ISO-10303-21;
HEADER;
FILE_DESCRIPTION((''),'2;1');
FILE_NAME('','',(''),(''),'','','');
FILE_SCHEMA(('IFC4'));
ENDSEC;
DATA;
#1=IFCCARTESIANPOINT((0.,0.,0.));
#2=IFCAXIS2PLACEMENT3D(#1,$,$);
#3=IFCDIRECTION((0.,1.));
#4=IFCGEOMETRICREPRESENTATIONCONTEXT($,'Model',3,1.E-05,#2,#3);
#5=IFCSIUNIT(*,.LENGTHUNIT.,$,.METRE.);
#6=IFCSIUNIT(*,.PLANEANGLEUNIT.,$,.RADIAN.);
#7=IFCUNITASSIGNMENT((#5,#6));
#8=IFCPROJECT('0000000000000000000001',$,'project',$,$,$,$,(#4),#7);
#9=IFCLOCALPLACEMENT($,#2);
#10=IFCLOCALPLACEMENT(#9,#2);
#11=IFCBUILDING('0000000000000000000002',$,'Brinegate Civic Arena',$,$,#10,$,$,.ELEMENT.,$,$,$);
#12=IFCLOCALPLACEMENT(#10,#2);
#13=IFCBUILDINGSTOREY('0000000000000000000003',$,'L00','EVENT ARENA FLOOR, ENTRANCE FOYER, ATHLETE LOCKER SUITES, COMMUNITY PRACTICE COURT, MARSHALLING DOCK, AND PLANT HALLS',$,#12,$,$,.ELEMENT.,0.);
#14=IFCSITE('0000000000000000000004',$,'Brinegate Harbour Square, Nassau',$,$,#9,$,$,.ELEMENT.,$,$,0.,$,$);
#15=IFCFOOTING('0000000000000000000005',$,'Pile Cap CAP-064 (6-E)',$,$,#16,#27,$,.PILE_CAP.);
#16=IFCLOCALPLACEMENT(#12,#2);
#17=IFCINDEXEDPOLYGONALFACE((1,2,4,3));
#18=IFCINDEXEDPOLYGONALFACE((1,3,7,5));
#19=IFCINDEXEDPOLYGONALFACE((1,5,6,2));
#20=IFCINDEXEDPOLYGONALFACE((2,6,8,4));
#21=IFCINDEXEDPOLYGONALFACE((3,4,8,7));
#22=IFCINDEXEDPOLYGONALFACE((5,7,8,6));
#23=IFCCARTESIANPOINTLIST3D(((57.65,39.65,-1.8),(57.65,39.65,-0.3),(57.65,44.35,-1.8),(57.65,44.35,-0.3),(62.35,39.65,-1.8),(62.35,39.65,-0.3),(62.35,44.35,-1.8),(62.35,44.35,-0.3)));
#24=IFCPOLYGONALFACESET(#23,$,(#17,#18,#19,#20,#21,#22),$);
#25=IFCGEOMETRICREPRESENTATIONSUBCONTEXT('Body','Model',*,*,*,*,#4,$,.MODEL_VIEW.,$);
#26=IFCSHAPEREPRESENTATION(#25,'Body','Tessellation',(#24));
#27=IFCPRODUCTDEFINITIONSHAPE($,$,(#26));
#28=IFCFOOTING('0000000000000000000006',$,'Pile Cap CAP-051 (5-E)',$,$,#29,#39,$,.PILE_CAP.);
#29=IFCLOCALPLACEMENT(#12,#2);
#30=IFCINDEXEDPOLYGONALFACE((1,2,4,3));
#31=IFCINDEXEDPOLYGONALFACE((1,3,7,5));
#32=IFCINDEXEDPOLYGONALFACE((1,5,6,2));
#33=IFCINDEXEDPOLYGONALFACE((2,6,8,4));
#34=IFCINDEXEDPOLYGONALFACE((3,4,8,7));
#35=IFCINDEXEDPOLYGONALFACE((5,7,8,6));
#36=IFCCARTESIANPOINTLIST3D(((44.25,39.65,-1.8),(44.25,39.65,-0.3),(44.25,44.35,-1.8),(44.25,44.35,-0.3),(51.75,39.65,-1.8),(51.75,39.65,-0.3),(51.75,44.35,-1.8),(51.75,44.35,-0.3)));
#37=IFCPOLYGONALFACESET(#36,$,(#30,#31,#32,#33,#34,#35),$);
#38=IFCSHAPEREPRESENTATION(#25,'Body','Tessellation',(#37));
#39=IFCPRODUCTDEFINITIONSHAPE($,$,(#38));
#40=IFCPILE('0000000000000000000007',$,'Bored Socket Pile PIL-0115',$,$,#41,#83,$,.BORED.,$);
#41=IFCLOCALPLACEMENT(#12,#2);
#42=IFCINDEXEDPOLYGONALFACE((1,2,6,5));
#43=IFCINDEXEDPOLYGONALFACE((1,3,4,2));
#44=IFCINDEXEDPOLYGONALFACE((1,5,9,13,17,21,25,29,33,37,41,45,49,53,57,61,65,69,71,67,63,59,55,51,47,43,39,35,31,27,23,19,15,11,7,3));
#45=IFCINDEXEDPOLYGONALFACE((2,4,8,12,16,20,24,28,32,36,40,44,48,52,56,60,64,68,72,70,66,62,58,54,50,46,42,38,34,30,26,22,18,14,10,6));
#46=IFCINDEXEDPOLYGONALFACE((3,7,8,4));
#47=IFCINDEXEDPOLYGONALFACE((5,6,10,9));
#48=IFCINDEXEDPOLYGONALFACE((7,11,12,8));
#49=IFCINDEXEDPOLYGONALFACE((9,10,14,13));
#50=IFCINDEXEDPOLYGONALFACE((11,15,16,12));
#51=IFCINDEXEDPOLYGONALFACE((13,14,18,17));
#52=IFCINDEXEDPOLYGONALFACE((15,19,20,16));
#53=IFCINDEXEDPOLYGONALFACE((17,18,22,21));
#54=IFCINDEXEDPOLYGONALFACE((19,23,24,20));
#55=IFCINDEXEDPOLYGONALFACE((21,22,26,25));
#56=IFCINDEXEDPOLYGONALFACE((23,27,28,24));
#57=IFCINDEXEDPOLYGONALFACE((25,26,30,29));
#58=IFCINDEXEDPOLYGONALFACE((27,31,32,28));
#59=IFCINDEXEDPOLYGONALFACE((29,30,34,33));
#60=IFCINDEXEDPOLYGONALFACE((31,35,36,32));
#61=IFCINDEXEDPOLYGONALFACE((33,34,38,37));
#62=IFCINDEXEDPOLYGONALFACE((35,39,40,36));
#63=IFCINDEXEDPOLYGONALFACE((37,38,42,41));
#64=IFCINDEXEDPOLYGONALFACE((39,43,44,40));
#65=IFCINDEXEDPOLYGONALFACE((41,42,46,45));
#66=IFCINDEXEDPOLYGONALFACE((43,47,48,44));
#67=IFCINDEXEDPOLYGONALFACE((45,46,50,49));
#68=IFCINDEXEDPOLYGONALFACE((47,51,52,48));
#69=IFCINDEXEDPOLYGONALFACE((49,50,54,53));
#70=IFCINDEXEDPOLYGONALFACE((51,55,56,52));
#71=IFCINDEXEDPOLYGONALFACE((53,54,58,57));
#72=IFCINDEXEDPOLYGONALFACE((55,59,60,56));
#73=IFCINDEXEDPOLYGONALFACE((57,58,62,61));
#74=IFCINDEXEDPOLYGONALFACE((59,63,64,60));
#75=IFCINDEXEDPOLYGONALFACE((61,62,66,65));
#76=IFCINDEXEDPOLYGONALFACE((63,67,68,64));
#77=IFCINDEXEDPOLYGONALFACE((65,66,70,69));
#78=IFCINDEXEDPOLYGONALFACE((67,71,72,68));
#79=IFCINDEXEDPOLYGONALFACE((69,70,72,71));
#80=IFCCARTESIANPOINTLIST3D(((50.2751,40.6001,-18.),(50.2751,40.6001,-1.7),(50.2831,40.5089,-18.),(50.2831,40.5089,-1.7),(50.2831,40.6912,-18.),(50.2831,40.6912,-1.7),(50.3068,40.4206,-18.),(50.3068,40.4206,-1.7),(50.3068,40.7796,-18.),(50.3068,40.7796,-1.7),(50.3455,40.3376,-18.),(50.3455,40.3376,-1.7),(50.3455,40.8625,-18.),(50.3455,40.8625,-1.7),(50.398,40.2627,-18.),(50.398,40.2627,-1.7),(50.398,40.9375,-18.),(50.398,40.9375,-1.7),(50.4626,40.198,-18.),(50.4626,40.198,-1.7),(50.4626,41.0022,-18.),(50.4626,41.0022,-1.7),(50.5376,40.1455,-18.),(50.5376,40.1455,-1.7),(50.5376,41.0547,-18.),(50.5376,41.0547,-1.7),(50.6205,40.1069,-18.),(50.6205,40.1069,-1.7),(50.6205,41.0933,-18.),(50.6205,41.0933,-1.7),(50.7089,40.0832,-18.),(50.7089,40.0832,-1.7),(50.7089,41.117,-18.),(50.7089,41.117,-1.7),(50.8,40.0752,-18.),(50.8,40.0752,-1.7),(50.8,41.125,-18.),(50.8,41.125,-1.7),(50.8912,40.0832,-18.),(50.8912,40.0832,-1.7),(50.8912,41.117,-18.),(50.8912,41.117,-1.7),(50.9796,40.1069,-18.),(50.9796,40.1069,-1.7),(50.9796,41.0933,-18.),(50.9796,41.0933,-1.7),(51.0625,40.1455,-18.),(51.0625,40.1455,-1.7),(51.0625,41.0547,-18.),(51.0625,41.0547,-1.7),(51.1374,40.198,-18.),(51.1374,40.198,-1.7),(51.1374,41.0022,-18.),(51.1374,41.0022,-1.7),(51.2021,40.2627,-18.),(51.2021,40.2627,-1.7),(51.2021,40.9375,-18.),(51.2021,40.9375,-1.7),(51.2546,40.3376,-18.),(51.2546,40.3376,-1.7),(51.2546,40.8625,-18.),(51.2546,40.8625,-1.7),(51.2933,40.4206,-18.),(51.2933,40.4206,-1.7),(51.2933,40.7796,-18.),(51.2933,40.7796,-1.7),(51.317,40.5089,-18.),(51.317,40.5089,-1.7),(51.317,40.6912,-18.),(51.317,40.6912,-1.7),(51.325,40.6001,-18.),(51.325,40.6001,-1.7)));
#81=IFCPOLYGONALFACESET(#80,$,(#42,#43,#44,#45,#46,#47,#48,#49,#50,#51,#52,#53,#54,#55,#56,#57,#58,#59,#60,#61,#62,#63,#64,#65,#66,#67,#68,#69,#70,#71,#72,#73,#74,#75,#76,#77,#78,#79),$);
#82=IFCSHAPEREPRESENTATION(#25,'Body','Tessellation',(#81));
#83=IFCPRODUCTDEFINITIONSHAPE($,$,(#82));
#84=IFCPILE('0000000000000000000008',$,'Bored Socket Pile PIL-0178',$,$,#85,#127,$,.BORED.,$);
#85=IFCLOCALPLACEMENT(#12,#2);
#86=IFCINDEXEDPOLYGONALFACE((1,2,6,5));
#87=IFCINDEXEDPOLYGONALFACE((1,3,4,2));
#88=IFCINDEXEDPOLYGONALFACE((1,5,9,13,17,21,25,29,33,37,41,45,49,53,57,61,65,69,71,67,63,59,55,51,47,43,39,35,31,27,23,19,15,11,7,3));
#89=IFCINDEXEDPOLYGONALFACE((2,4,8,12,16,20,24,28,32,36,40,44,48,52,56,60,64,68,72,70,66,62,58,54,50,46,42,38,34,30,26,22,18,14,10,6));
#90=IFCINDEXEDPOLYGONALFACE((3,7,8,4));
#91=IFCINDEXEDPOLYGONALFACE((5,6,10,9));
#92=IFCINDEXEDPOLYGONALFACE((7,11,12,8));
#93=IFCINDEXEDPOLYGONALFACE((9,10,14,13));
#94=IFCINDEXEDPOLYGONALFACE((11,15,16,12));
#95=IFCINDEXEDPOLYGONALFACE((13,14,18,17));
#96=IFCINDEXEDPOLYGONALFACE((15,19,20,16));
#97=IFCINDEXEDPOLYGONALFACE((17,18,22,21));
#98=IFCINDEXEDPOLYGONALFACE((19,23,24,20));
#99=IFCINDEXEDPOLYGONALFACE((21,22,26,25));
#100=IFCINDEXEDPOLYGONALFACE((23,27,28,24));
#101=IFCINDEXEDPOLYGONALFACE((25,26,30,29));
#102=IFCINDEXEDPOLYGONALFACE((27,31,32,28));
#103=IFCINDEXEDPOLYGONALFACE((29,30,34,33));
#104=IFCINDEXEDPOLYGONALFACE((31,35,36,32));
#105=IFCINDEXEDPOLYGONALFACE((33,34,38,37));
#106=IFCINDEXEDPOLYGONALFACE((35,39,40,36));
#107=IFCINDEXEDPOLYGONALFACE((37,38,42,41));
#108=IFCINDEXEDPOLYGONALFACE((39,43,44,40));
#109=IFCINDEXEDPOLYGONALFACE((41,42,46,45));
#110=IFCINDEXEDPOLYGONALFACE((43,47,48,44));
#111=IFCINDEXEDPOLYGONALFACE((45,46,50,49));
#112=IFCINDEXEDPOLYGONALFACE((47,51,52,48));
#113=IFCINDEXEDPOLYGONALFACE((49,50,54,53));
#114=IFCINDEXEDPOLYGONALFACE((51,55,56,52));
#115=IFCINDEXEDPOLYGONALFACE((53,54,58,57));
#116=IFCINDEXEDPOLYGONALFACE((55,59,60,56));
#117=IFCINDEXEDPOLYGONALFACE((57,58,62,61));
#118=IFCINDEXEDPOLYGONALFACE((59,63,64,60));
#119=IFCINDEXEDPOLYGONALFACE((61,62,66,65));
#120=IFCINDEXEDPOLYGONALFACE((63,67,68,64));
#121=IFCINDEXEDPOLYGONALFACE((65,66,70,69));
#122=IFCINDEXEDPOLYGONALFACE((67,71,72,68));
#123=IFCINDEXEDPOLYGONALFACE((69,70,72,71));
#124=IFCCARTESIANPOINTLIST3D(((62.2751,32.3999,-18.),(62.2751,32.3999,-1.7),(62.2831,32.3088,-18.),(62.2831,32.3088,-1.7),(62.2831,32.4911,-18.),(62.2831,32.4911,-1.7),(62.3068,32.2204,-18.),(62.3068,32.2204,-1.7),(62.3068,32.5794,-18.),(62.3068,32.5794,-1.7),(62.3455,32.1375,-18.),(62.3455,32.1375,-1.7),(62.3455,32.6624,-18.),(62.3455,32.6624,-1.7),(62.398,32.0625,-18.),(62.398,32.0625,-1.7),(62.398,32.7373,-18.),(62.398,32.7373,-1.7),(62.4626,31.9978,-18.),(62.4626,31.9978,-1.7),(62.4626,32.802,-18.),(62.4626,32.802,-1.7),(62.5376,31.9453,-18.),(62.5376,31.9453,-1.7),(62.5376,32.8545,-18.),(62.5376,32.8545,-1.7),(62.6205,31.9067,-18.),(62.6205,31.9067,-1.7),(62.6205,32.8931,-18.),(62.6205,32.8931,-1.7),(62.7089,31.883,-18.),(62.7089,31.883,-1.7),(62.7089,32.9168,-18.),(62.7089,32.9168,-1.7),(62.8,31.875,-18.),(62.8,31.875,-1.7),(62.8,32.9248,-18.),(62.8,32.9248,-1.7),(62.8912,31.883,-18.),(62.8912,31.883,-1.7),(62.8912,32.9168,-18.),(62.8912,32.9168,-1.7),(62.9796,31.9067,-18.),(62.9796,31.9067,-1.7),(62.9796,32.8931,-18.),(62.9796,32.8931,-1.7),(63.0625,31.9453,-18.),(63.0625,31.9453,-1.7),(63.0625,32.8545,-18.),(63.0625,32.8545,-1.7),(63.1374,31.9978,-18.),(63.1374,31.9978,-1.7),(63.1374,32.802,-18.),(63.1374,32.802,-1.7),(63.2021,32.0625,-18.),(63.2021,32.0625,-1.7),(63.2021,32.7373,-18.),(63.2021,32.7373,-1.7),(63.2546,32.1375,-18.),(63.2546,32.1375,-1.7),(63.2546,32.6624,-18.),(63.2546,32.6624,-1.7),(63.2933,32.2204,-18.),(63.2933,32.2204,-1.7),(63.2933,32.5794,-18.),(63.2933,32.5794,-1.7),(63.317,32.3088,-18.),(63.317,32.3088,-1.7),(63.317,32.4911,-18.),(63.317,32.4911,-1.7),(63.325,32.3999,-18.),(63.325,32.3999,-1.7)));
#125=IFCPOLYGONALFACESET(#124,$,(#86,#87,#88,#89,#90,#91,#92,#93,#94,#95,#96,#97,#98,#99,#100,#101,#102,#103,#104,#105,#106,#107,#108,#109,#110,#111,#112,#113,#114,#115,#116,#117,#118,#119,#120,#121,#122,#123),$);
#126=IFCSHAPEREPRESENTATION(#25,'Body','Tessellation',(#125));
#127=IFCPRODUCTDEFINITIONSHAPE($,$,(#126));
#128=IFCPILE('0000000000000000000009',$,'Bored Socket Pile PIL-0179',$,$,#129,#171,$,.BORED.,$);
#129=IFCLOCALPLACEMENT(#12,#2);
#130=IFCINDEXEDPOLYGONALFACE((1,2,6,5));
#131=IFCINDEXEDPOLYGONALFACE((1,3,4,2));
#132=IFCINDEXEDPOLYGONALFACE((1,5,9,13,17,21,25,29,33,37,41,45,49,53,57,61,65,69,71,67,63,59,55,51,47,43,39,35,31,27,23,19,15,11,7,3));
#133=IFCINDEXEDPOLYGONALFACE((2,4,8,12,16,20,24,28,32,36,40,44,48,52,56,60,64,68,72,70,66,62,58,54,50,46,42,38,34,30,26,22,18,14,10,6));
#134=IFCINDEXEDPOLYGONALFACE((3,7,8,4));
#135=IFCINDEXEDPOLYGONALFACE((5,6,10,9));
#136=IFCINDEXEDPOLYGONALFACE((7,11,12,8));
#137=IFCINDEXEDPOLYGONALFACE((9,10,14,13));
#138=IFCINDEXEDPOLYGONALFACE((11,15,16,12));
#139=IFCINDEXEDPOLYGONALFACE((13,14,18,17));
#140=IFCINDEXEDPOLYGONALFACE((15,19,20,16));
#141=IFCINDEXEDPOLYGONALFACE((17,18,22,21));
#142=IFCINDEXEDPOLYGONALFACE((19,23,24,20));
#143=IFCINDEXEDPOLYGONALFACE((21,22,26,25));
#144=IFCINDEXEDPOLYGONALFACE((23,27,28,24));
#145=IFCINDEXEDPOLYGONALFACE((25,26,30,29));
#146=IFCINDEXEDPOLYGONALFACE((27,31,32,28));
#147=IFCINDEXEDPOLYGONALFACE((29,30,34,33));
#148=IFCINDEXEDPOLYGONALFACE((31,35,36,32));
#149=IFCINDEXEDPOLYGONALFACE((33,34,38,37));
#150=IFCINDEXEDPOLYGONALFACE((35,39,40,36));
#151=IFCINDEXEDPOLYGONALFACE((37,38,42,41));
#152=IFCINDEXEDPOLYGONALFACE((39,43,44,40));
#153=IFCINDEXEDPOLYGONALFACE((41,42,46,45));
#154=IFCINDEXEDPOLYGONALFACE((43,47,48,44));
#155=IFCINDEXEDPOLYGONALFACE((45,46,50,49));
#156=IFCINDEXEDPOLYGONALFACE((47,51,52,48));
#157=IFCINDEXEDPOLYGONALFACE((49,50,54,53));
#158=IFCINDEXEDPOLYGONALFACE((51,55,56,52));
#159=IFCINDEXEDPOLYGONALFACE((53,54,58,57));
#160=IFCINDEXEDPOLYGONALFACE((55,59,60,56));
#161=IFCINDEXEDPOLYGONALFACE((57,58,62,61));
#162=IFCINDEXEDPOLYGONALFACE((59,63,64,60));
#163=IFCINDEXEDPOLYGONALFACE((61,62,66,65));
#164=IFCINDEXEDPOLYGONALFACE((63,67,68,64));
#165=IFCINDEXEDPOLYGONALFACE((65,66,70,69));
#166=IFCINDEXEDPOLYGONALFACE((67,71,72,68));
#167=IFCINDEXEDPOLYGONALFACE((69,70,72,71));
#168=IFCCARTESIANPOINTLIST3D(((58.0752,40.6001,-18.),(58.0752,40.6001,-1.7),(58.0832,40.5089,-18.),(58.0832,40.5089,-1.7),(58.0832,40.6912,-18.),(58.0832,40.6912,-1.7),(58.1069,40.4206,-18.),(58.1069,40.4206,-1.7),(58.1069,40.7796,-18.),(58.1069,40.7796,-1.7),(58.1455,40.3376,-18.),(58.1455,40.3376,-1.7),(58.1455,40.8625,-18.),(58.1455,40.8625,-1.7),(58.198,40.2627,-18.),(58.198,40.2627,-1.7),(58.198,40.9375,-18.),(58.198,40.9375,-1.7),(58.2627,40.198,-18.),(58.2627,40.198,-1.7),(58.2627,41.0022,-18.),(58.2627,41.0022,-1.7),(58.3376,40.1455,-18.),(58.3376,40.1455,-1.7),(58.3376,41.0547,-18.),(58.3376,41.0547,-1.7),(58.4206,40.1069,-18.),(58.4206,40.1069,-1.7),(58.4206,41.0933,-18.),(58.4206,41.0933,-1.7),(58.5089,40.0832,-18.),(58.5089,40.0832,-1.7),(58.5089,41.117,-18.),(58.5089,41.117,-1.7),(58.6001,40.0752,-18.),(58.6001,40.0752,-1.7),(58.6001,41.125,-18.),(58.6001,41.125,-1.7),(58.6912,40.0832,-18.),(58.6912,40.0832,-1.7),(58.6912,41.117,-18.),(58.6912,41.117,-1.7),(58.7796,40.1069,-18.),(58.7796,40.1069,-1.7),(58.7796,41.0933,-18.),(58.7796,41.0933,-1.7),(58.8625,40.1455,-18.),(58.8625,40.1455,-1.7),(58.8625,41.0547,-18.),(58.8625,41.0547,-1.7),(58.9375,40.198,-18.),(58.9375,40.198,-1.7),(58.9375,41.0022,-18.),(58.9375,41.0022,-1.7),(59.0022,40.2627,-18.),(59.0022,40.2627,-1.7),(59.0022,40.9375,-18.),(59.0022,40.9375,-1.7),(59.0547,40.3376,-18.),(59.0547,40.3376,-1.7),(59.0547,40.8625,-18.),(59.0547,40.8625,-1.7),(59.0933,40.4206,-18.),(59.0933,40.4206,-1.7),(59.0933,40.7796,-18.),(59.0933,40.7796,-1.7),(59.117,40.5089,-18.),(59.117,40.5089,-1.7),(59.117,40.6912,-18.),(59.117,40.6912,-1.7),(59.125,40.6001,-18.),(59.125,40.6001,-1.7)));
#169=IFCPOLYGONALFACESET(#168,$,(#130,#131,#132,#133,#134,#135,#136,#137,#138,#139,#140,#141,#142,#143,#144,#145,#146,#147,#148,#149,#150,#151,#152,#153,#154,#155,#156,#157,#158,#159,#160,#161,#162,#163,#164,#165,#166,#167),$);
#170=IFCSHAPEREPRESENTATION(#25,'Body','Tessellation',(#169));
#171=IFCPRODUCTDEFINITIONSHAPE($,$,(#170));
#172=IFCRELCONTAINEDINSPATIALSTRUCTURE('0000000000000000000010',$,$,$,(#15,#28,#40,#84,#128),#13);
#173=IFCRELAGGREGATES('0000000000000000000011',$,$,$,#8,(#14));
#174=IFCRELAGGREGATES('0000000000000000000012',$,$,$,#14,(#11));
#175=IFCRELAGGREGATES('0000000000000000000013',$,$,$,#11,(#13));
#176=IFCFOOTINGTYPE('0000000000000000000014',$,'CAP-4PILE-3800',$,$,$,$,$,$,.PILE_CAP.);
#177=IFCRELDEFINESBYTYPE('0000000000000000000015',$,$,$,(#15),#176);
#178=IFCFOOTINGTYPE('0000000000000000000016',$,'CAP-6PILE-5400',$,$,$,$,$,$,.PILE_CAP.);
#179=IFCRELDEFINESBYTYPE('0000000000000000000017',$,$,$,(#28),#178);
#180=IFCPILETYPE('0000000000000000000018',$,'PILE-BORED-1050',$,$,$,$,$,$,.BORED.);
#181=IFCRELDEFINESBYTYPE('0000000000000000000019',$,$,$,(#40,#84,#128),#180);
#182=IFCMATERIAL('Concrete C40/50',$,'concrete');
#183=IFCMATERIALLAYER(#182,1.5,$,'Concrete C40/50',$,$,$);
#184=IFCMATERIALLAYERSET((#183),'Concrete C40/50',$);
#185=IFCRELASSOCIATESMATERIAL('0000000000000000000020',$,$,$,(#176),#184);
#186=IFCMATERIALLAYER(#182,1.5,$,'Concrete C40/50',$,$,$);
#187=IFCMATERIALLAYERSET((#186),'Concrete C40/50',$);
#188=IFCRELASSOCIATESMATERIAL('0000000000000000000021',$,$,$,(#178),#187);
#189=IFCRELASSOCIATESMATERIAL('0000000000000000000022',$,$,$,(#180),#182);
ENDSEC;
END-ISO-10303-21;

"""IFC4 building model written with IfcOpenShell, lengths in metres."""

from ifc_helpers import new_model, si_unit, direction, frame, origin, origin_2d, place, context, subcontext, project, spatial, rectangle, circle, extrude, material, layer, layer_set, material_profile, profile_set, type_object, element, save


model = new_model("IFC4")

# Units and contexts
model_context = context("Model", 3, precision=1e-05, world=origin(), true_north=direction((0.0, 1.0)))
body_context = subcontext(model_context, "Body", "Model", "MODEL_VIEW")
ifc_project = project(units=[si_unit("LENGTHUNIT", "METRE"), si_unit("PLANEANGLEUNIT", "RADIAN")], contexts=[model_context])

# Site, building, storey
site_placement = place(None, origin())
site = spatial("IfcSite", under=ifc_project, at=site_placement, Name="Brinegate Harbour Square, Nassau", CompositionType="ELEMENT", RefElevation=0.0)
building_placement = place(site_placement, origin())
building = spatial("IfcBuilding", under=site, at=building_placement, Name="Brinegate Civic Arena", CompositionType="ELEMENT")
storey_placement = place(building_placement, origin())
storey = spatial("IfcBuildingStorey", under=building, at=storey_placement, Name="L00", Description="EVENT ARENA FLOOR, ENTRANCE FOYER, ATHLETE LOCKER SUITES, COMMUNITY PRACTICE COURT, MARSHALLING DOCK, AND PLANT HALLS", CompositionType="ELEMENT", Elevation=0.0)

# Footings
ifc_material_1 = material(Name="Concrete C40/50", Category="concrete")
ifc_layer_1 = layer(ifc_material_1, 1.5, Name="Concrete C40/50")
ifc_layer_set_1 = layer_set([ifc_layer_1], Name="Concrete C40/50")
footing_type_1 = type_object("IfcFootingType", Name="CAP-4PILE-3800", PredefinedType="PILE_CAP", material=ifc_layer_set_1)
footing_1_placement = place(storey_placement, frame((60.0, 42.0, -1.8), z_axis=(0.0, 0.0, 1.0), x_axis=(1.0, 0.0, 0.0)))
element("IfcFooting", 1, at=footing_1_placement, inside=storey, type_object=footing_type_1, Name="Pile Cap CAP-064 (6-E)", PredefinedType="PILE_CAP", context=body_context, shape_type="SweptSolid", body=[
    extrude(rectangle(XDim=4.7, YDim=4.7, at=origin_2d()), origin(), (0.0, 0.0, 1.0), 1.5),
])
ifc_layer_2 = layer(ifc_material_1, 1.5, Name="Concrete C40/50")
ifc_layer_set_2 = layer_set([ifc_layer_2], Name="Concrete C40/50")
footing_type_2 = type_object("IfcFootingType", Name="CAP-6PILE-5400", PredefinedType="PILE_CAP", material=ifc_layer_set_2)
footing_2_placement = place(storey_placement, frame((48.0, 42.0, -1.8), z_axis=(0.0, 0.0, 1.0), x_axis=(1.0, 0.0, 0.0)))
element("IfcFooting", 2, at=footing_2_placement, inside=storey, type_object=footing_type_2, Name="Pile Cap CAP-051 (5-E)", PredefinedType="PILE_CAP", context=body_context, shape_type="SweptSolid", body=[
    extrude(rectangle(XDim=7.5, YDim=4.7, at=origin_2d()), origin(), (0.0, 0.0, 1.0), 1.5),
])

# Piles
ifc_material_profile_1 = material_profile(ifc_material_1, circle(Radius=0.5249, at=origin_2d()), Name="PILED1050")
ifc_profile_set_1 = profile_set([ifc_material_profile_1], Name="Concrete C40/50")
pile_type = type_object("IfcPileType", Name="PILE-BORED-1050", PredefinedType="BORED", material=ifc_profile_set_1)
for number, where, z_axis, x_axis, name in (
    (3, (50.8, 40.6001, -1.7), (0.0, 0.0, -1.0), (1.0, 0.0, 0.0), "Bored Socket Pile PIL-0115"),
    (4, (62.8, 32.3999, -1.7), (0.0, 0.0, -1.0), (1.0, 0.0, 0.0), "Bored Socket Pile PIL-0178"),
    (5, (58.6001, 40.6001, -1.7), (0.0, 0.0, -1.0), (1.0, 0.0, 0.0), "Bored Socket Pile PIL-0179"),
):
    element("IfcPile", number, at=place(storey_placement, frame(where, z_axis=z_axis, x_axis=x_axis)), inside=storey, type_object=pile_type, Name=name, PredefinedType="BORED", context=body_context, shape_type="SweptSolid", body=[
        extrude(circle(Radius=0.5249, at=origin_2d()), origin(), (0.0, 0.0, 1.0), 16.3),
    ])

save(model, "model.ifc")
